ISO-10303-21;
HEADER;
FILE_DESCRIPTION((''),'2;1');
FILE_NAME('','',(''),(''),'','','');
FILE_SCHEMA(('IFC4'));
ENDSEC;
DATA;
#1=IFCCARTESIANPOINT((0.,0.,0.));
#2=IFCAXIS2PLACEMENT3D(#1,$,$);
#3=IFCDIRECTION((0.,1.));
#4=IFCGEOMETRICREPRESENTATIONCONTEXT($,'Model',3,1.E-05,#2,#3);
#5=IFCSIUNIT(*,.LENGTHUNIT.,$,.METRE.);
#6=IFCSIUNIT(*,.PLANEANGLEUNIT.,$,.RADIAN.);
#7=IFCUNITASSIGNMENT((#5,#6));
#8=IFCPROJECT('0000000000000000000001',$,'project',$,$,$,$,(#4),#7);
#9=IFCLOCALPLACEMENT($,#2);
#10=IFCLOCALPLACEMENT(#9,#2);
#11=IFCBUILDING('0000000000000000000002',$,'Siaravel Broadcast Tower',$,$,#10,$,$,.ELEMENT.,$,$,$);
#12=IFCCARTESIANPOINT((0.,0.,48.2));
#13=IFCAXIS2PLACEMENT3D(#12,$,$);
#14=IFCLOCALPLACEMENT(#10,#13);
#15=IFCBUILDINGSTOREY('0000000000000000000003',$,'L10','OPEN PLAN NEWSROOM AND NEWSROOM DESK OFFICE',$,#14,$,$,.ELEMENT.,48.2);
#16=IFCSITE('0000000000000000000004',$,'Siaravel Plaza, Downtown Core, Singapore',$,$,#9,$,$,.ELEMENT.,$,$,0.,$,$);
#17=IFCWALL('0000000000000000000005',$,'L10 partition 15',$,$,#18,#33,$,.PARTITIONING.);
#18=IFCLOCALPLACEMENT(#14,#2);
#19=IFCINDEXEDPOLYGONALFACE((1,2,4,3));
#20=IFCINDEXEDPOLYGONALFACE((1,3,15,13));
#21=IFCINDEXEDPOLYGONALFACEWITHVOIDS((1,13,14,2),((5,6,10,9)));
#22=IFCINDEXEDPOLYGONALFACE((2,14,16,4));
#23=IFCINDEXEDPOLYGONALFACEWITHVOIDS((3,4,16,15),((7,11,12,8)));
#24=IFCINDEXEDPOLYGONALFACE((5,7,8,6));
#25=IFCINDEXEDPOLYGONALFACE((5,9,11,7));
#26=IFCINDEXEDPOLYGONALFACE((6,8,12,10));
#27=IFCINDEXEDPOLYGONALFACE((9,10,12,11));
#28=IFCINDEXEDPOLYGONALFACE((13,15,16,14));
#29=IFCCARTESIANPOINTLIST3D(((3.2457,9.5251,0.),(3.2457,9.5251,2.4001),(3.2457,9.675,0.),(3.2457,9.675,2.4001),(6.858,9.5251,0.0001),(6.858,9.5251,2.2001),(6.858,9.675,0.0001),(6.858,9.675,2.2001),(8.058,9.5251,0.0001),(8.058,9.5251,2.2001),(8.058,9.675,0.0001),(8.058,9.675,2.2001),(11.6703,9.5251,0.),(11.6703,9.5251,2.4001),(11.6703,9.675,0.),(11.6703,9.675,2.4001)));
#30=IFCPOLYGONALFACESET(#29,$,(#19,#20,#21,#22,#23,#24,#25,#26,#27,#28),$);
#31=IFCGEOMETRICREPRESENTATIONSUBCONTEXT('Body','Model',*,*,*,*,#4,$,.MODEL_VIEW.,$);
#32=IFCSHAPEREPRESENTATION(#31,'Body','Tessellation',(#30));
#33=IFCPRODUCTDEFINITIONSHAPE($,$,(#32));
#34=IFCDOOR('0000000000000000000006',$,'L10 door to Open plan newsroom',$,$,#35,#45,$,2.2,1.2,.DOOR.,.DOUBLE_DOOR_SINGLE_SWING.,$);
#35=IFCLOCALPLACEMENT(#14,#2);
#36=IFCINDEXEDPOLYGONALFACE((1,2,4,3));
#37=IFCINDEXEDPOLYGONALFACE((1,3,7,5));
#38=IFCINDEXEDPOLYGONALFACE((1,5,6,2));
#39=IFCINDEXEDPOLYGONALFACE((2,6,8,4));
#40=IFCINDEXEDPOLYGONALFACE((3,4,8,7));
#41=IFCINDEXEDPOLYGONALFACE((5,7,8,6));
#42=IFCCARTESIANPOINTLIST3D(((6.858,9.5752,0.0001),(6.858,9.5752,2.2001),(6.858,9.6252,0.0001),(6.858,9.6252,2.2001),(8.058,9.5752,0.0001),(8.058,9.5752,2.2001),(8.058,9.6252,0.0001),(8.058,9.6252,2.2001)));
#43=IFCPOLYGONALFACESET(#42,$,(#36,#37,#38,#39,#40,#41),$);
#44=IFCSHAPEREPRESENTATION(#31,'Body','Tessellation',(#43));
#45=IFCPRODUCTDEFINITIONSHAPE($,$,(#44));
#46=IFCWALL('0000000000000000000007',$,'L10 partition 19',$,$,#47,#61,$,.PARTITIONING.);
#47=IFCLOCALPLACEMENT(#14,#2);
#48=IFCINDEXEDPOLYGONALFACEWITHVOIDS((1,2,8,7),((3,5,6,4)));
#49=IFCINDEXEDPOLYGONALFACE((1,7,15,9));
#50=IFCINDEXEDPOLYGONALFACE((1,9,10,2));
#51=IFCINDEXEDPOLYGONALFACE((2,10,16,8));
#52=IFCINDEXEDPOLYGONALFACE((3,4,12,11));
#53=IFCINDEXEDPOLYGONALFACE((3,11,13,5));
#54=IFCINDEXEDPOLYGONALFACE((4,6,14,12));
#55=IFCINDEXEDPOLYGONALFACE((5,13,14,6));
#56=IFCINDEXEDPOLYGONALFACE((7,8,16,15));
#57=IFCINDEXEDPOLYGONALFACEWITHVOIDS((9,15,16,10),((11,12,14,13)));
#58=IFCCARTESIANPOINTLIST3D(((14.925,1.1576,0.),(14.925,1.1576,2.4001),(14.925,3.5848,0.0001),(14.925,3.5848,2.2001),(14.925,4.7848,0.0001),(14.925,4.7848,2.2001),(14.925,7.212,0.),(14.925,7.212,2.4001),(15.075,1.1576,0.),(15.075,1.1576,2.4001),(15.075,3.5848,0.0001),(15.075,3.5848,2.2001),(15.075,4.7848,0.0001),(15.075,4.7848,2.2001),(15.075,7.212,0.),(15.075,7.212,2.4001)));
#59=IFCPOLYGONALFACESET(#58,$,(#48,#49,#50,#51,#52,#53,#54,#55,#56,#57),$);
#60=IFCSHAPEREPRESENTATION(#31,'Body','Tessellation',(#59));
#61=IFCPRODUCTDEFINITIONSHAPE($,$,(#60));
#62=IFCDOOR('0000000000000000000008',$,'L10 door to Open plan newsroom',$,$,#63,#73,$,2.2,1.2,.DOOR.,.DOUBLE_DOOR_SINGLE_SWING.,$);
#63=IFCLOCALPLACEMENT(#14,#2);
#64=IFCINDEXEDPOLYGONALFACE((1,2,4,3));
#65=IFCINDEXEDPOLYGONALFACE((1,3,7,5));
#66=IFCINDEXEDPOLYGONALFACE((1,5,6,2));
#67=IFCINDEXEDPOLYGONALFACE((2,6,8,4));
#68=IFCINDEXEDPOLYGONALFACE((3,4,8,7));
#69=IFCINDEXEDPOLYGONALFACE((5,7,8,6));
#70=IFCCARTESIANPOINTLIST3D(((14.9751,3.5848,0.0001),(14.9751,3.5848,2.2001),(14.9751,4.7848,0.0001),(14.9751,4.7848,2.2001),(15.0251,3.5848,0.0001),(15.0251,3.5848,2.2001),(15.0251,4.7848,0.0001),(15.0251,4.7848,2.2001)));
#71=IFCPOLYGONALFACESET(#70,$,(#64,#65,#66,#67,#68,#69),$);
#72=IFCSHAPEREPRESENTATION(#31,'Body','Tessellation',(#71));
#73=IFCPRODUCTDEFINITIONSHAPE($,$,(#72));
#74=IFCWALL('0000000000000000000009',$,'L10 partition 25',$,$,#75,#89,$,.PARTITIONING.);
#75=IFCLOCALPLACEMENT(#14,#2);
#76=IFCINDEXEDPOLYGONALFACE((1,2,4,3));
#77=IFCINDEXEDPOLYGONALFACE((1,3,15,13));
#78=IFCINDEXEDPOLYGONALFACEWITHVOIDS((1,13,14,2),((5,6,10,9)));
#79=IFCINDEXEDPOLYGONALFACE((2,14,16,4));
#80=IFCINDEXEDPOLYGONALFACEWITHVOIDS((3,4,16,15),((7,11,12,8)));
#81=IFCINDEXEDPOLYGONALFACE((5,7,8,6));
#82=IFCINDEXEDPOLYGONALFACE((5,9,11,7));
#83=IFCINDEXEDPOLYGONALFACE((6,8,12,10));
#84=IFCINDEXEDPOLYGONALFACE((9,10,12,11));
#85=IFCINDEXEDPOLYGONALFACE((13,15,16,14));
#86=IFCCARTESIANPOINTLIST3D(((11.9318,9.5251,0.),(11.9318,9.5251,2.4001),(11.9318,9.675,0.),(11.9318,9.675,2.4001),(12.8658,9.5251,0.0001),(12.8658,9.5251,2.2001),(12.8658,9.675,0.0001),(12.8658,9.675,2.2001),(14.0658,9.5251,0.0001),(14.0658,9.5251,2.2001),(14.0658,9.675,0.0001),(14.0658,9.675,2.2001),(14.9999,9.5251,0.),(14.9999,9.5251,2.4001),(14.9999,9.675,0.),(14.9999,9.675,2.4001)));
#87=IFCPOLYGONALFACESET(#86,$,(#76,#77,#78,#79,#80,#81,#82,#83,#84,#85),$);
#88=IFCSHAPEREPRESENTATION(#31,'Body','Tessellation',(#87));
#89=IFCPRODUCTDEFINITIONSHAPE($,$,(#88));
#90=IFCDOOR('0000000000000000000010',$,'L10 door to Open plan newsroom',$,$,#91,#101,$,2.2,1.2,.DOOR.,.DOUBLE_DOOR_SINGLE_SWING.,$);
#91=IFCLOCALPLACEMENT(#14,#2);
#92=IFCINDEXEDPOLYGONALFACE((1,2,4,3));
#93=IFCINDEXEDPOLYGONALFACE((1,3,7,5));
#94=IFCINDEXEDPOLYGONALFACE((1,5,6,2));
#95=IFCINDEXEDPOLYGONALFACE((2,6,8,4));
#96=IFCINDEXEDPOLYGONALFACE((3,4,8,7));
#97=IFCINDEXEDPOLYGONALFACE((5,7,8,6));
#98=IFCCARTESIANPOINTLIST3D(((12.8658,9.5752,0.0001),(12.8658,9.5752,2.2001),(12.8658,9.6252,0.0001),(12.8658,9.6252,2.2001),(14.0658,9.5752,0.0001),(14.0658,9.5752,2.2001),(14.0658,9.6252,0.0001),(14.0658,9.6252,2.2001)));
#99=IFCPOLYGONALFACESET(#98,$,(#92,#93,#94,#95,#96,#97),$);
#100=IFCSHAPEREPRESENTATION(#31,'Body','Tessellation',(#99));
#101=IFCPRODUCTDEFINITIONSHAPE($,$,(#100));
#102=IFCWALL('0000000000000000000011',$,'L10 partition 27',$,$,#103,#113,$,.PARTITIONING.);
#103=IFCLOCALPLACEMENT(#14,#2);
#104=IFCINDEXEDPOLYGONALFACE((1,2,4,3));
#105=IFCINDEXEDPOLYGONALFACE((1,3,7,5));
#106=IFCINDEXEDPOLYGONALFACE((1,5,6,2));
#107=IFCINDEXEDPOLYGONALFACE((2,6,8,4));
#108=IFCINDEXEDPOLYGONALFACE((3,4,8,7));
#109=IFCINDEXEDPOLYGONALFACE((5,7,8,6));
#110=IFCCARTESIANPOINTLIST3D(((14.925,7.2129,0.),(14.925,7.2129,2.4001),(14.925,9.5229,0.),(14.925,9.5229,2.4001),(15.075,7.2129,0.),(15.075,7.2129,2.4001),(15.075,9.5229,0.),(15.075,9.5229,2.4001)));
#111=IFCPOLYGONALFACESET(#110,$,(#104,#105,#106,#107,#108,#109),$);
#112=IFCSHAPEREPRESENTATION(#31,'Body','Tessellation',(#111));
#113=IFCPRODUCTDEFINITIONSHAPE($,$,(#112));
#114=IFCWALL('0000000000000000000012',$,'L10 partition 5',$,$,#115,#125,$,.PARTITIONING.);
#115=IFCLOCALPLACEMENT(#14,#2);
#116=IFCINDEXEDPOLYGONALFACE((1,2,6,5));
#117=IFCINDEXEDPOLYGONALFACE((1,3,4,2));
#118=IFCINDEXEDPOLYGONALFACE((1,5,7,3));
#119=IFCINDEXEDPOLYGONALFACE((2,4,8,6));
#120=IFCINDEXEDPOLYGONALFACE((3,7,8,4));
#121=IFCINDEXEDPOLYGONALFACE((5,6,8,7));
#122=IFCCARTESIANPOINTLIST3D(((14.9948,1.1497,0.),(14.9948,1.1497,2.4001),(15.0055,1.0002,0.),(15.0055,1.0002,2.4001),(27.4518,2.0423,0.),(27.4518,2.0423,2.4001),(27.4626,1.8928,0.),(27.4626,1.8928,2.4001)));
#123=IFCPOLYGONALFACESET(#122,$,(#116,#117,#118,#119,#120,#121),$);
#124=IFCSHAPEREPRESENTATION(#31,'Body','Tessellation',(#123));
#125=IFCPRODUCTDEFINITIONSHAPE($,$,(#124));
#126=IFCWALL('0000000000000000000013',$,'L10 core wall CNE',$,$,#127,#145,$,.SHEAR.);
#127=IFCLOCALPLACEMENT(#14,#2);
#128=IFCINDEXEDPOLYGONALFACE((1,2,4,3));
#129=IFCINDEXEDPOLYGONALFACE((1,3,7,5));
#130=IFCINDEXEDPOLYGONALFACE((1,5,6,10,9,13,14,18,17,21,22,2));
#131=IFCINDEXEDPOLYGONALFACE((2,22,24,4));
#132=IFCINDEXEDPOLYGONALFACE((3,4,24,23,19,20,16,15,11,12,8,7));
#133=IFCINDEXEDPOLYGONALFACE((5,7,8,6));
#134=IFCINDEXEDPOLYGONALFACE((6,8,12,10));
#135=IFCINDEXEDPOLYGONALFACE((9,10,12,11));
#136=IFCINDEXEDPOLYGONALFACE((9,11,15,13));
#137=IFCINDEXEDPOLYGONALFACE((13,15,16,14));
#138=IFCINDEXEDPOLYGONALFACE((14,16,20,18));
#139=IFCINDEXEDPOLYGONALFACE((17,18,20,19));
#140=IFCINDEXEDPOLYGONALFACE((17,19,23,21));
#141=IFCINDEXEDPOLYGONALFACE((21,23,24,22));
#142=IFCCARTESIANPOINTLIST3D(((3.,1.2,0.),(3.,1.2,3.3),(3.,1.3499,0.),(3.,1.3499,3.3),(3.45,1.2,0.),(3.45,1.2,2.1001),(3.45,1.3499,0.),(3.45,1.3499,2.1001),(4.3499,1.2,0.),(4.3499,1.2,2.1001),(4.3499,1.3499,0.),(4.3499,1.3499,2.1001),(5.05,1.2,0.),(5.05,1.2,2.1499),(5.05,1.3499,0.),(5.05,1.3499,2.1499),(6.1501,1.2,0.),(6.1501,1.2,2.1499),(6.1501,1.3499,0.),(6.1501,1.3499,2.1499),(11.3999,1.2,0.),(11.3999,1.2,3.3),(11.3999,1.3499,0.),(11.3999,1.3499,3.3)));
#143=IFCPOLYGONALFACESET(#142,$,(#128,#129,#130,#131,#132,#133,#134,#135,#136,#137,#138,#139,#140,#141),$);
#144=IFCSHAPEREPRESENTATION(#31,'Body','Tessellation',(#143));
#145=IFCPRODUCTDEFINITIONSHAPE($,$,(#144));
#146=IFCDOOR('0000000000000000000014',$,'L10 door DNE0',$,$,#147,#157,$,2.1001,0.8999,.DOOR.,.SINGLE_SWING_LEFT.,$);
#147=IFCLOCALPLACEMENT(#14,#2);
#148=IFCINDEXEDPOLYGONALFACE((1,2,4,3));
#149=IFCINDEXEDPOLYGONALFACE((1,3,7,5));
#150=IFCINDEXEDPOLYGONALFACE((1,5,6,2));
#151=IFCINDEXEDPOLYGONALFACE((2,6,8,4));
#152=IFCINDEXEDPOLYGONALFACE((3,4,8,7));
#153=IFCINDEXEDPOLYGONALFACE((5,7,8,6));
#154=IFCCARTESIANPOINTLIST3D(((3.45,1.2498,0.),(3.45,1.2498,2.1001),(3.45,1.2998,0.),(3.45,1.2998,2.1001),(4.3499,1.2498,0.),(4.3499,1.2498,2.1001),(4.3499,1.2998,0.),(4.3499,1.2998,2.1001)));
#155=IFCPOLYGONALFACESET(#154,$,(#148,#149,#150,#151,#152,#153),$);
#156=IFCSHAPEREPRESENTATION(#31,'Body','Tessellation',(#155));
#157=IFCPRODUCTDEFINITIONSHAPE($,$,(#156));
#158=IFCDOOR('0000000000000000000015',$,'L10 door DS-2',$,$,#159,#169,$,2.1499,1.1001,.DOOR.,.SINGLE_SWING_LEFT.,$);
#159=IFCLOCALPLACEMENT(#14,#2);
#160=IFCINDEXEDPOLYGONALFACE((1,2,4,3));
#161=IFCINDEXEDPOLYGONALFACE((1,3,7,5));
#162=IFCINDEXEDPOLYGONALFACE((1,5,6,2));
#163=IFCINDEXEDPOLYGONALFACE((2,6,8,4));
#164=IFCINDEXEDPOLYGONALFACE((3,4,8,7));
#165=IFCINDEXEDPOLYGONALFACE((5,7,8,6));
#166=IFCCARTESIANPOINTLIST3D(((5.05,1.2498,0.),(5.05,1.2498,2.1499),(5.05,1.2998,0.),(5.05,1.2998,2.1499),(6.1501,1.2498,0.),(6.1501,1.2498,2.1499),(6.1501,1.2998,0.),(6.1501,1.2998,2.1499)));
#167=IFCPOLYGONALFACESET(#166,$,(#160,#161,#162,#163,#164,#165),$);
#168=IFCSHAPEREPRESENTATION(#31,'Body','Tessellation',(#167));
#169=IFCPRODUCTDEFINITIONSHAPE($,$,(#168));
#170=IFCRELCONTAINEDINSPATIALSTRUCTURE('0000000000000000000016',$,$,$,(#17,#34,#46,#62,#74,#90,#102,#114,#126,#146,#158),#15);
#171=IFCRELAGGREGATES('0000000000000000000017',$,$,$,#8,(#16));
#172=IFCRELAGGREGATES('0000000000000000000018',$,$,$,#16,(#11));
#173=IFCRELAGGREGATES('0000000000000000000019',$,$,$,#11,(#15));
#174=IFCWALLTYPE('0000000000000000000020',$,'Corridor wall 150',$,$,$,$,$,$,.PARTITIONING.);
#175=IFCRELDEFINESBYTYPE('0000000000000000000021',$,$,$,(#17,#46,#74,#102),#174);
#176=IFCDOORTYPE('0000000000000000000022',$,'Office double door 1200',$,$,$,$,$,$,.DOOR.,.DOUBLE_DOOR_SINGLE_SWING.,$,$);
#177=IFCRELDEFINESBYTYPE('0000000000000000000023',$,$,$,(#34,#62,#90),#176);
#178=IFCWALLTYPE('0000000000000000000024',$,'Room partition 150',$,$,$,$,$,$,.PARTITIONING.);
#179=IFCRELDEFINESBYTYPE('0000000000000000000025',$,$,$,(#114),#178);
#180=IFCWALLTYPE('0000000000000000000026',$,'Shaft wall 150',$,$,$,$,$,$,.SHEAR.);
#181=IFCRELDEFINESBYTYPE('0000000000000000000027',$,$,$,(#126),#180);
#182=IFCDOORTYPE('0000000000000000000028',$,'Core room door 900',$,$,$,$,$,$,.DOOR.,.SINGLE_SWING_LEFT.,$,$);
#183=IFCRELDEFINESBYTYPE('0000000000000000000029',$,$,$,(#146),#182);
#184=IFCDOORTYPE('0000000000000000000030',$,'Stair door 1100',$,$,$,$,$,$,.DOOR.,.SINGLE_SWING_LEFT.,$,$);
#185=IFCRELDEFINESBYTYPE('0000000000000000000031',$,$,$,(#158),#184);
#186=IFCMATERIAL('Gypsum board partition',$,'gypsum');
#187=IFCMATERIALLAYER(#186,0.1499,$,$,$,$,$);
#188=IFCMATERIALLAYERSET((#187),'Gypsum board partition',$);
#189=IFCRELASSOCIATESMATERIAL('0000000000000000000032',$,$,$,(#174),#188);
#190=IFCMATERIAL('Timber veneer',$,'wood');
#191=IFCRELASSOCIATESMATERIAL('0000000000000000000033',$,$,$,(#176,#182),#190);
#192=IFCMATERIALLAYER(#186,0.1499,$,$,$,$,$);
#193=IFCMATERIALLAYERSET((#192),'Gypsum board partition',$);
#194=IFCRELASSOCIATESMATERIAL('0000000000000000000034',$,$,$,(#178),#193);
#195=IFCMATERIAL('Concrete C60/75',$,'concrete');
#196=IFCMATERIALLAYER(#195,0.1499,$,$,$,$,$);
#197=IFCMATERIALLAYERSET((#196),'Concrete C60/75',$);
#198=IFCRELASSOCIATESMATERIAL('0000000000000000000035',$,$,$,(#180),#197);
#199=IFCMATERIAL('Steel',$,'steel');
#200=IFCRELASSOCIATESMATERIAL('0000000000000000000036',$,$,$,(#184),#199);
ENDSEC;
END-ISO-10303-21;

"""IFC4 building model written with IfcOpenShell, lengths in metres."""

from ifc_helpers import new_model, si_unit, direction, frame, frame_2d, origin, place, context, subcontext, project, spatial, rectangle, extrude, material, layer, layer_set, type_object, element, fill, save


model = new_model("IFC4")

# Units and contexts
model_context = context("Model", 3, precision=1e-05, world=origin(), true_north=direction((0.0, 1.0)))
body_context = subcontext(model_context, "Body", "Model", "MODEL_VIEW")
ifc_project = project(units=[si_unit("LENGTHUNIT", "METRE"), si_unit("PLANEANGLEUNIT", "RADIAN")], contexts=[model_context])

# Site, building, storey
site_placement = place(None, origin())
site = spatial("IfcSite", under=ifc_project, at=site_placement, Name="Siaravel Plaza, Downtown Core, Singapore", CompositionType="ELEMENT", RefElevation=0.0)
building_placement = place(site_placement, origin())
building = spatial("IfcBuilding", under=site, at=building_placement, Name="Siaravel Broadcast Tower", CompositionType="ELEMENT")
storey_placement = place(building_placement, frame((0.0, 0.0, 48.2)))
storey = spatial("IfcBuildingStorey", under=building, at=storey_placement, Name="L10", Description="OPEN PLAN NEWSROOM AND NEWSROOM DESK OFFICE", CompositionType="ELEMENT", Elevation=48.2)

# Walls, openings, doors
ifc_material_1 = material(Name="Gypsum board partition", Category="gypsum")
ifc_layer_1 = layer(ifc_material_1, 0.1499)
ifc_layer_set_1 = layer_set([ifc_layer_1], Name="Gypsum board partition")
wall_type_1 = type_object("IfcWallType", Name="Corridor wall 150", PredefinedType="PARTITIONING", material=ifc_layer_set_1)
wall_1_placement = place(storey_placement, frame((11.6704, 9.6001, 0.0), z_axis=(0.0, 0.0, 1.0), x_axis=(-1.0, 0.0, 0.0)))
wall_1 = element("IfcWall", 1, at=wall_1_placement, inside=storey, type_object=wall_type_1, Name="L10 partition 15", PredefinedType="PARTITIONING", context=body_context, shape_type="SweptSolid", body=[
    extrude(rectangle(XDim=8.4246, YDim=0.1499, at=frame_2d((4.2124, 0.0))), origin(), (0.0, 0.0, 1.0), 2.4001),
])
opening_1_placement = place(wall_1_placement, frame((3.6123, 0.0, 0.0)))
opening_1 = element("IfcOpeningElement", 2, at=opening_1_placement, cuts=wall_1, PredefinedType="OPENING", context=body_context, shape_type="SweptSolid", body=[
    extrude(rectangle(XDim=1.2, YDim=2.2, at=frame_2d((0.6001, 1.1001))), frame((0.0, 0.085, 0.0), z_axis=(0.0, -1.0, 0.0), x_axis=(1.0, 0.0, 0.0)), (0.0, 0.0, 1.0), 0.1699),
])
ifc_material_2 = material(Name="Timber veneer", Category="wood")
door_type_1 = type_object("IfcDoorType", Name="Office double door 1200", OperationType="DOUBLE_DOOR_SINGLE_SWING", PredefinedType="DOOR", material=ifc_material_2)
door_1_placement = place(opening_1_placement, origin())
door_1 = element("IfcDoor", 3, at=door_1_placement, inside=storey, type_object=door_type_1, Name="L10 door to Open plan newsroom", OperationType="DOUBLE_DOOR_SINGLE_SWING", OverallHeight=2.2, OverallWidth=1.2, PredefinedType="DOOR", context=body_context, shape_type="SweptSolid", body=[
    extrude(rectangle(XDim=1.2, YDim=2.2, at=frame_2d((0.6001, 1.1001))), frame((0.0, 0.0249, 0.0), z_axis=(0.0, -1.0, 0.0), x_axis=(1.0, 0.0, 0.0)), (0.0, 0.0, 1.0), 0.05),
])
fill(opening_1, door_1)
wall_2_placement = place(storey_placement, frame((15.0, 1.1575, 0.0), z_axis=(0.0, 0.0, 1.0), x_axis=(0.0, 1.0, 0.0)))
wall_2 = element("IfcWall", 4, at=wall_2_placement, inside=storey, type_object=wall_type_1, Name="L10 partition 19", PredefinedType="PARTITIONING", context=body_context, shape_type="SweptSolid", body=[
    extrude(rectangle(XDim=6.0544, YDim=0.1499, at=frame_2d((3.0273, 0.0))), origin(), (0.0, 0.0, 1.0), 2.4001),
])
opening_2_placement = place(wall_2_placement, frame((2.4272, 0.0, 0.0)))
opening_2 = element("IfcOpeningElement", 5, at=opening_2_placement, cuts=wall_2, PredefinedType="OPENING", context=body_context, shape_type="SweptSolid", body=[
    extrude(rectangle(XDim=1.2, YDim=2.2, at=frame_2d((0.6001, 1.1001))), frame((0.0, 0.085, 0.0), z_axis=(0.0, -1.0, 0.0), x_axis=(1.0, 0.0, 0.0)), (0.0, 0.0, 1.0), 0.1699),
])
door_2_placement = place(opening_2_placement, origin())
door_2 = element("IfcDoor", 6, at=door_2_placement, inside=storey, type_object=door_type_1, Name="L10 door to Open plan newsroom", OperationType="DOUBLE_DOOR_SINGLE_SWING", OverallHeight=2.2, OverallWidth=1.2, PredefinedType="DOOR", context=body_context, shape_type="SweptSolid", body=[
    extrude(rectangle(XDim=1.2, YDim=2.2, at=frame_2d((0.6001, 1.1001))), frame((0.0, 0.0249, 0.0), z_axis=(0.0, -1.0, 0.0), x_axis=(1.0, 0.0, 0.0)), (0.0, 0.0, 1.0), 0.05),
])
fill(opening_2, door_2)
wall_3_placement = place(storey_placement, frame((15.0, 9.6001, 0.0), z_axis=(0.0, 0.0, 1.0), x_axis=(-1.0, 0.0, 0.0)))
wall_3 = element("IfcWall", 7, at=wall_3_placement, inside=storey, type_object=wall_type_1, Name="L10 partition 25", PredefinedType="PARTITIONING", context=body_context, shape_type="SweptSolid", body=[
    extrude(rectangle(XDim=3.0681, YDim=0.1499, at=frame_2d((1.5342, 0.0))), origin(), (0.0, 0.0, 1.0), 2.4001),
])
opening_3_placement = place(wall_3_placement, frame((0.9341, 0.0, 0.0)))
opening_3 = element("IfcOpeningElement", 8, at=opening_3_placement, cuts=wall_3, PredefinedType="OPENING", context=body_context, shape_type="SweptSolid", body=[
    extrude(rectangle(XDim=1.2, YDim=2.2, at=frame_2d((0.6001, 1.1001))), frame((0.0, 0.085, 0.0), z_axis=(0.0, -1.0, 0.0), x_axis=(1.0, 0.0, 0.0)), (0.0, 0.0, 1.0), 0.1699),
])
door_3_placement = place(opening_3_placement, origin())
door_3 = element("IfcDoor", 9, at=door_3_placement, inside=storey, type_object=door_type_1, Name="L10 door to Open plan newsroom", OperationType="DOUBLE_DOOR_SINGLE_SWING", OverallHeight=2.2, OverallWidth=1.2, PredefinedType="DOOR", context=body_context, shape_type="SweptSolid", body=[
    extrude(rectangle(XDim=1.2, YDim=2.2, at=frame_2d((0.6001, 1.1001))), frame((0.0, 0.0249, 0.0), z_axis=(0.0, -1.0, 0.0), x_axis=(1.0, 0.0, 0.0)), (0.0, 0.0, 1.0), 0.05),
])
fill(opening_3, door_3)

# Walls
wall_4_placement = place(storey_placement, frame((15.0, 7.2129, 0.0), z_axis=(0.0, 0.0, 1.0), x_axis=(0.0, 1.0, 0.0)))
element("IfcWall", 10, at=wall_4_placement, inside=storey, type_object=wall_type_1, Name="L10 partition 27", PredefinedType="PARTITIONING", context=body_context, shape_type="SweptSolid", body=[
    extrude(rectangle(XDim=2.3101, YDim=0.1499, at=frame_2d((1.155, 0.0))), origin(), (0.0, 0.0, 1.0), 2.4001),
])
ifc_layer_2 = layer(ifc_material_1, 0.1499)
ifc_layer_set_2 = layer_set([ifc_layer_2], Name="Gypsum board partition")
wall_type_2 = type_object("IfcWallType", Name="Room partition 150", PredefinedType="PARTITIONING", material=ifc_layer_set_2)
wall_5_placement = place(storey_placement, frame((15.0, 1.075, 0.0), z_axis=(0.0, 0.0, 1.0), x_axis=(0.997443, 0.071469, 0.0)))
element("IfcWall", 11, at=wall_5_placement, inside=storey, type_object=wall_type_2, Name="L10 partition 5", PredefinedType="PARTITIONING", context=body_context, shape_type="SweptSolid", body=[
    extrude(rectangle(XDim=12.489, YDim=0.1499, at=frame_2d((6.2446, 0.0))), origin(), (0.0, 0.0, 1.0), 2.4001),
])

# Wall, openings, doors
ifc_material_3 = material(Name="Concrete C60/75", Category="concrete")
ifc_layer_3 = layer(ifc_material_3, 0.1499)
ifc_layer_set_3 = layer_set([ifc_layer_3], Name="Concrete C60/75")
wall_type_3 = type_object("IfcWallType", Name="Shaft wall 150", PredefinedType="SHEAR", material=ifc_layer_set_3)
wall_6_placement = place(storey_placement, frame((3.0, 1.2749, 0.0), z_axis=(0.0, 0.0, 1.0), x_axis=(1.0, 0.0, 0.0)))
wall_6 = element("IfcWall", 12, at=wall_6_placement, inside=storey, type_object=wall_type_3, Name="L10 core wall CNE", PredefinedType="SHEAR", context=body_context, shape_type="SweptSolid", body=[
    extrude(rectangle(XDim=8.3999, YDim=0.1499, at=frame_2d((4.2, 0.0))), origin(), (0.0, 0.0, 1.0), 3.3),
])
opening_4_placement = place(wall_6_placement, frame((2.05, 0.0, 0.0)))
opening_4 = element("IfcOpeningElement", 13, at=opening_4_placement, cuts=wall_6, PredefinedType="OPENING", context=body_context, shape_type="SweptSolid", body=[
    extrude(rectangle(XDim=1.1001, YDim=2.1499, at=frame_2d((0.55, 1.075))), frame((0.0, 0.085, 0.0), z_axis=(0.0, -1.0, 0.0), x_axis=(1.0, 0.0, 0.0)), (0.0, 0.0, 1.0), 0.1699),
])
opening_5_placement = place(wall_6_placement, frame((0.45, 0.0, 0.0)))
opening_5 = element("IfcOpeningElement", 14, at=opening_5_placement, cuts=wall_6, PredefinedType="OPENING", context=body_context, shape_type="SweptSolid", body=[
    extrude(rectangle(XDim=0.8999, YDim=2.1001, at=frame_2d((0.45, 1.05))), frame((0.0, 0.085, 0.0), z_axis=(0.0, -1.0, 0.0), x_axis=(1.0, 0.0, 0.0)), (0.0, 0.0, 1.0), 0.1699),
])
door_type_2 = type_object("IfcDoorType", Name="Core room door 900", OperationType="SINGLE_SWING_LEFT", PredefinedType="DOOR", material=ifc_material_2)
door_4_placement = place(opening_5_placement, origin())
door_4 = element("IfcDoor", 15, at=door_4_placement, inside=storey, type_object=door_type_2, Name="L10 door DNE0", OperationType="SINGLE_SWING_LEFT", OverallHeight=2.1001, OverallWidth=0.8999, PredefinedType="DOOR", context=body_context, shape_type="SweptSolid", body=[
    extrude(rectangle(XDim=0.8999, YDim=2.1001, at=frame_2d((0.45, 1.05))), frame((0.0, 0.0249, 0.0), z_axis=(0.0, -1.0, 0.0), x_axis=(1.0, 0.0, 0.0)), (0.0, 0.0, 1.0), 0.05),
])
fill(opening_5, door_4)
ifc_material_4 = material(Name="Steel", Category="steel")
door_type_3 = type_object("IfcDoorType", Name="Stair door 1100", OperationType="SINGLE_SWING_LEFT", PredefinedType="DOOR", material=ifc_material_4)
door_5_placement = place(opening_4_placement, origin())
door_5 = element("IfcDoor", 16, at=door_5_placement, inside=storey, type_object=door_type_3, Name="L10 door DS-2", OperationType="SINGLE_SWING_LEFT", OverallHeight=2.1499, OverallWidth=1.1001, PredefinedType="DOOR", context=body_context, shape_type="SweptSolid", body=[
    extrude(rectangle(XDim=1.1001, YDim=2.1499, at=frame_2d((0.55, 1.075))), frame((0.0, 0.0249, 0.0), z_axis=(0.0, -1.0, 0.0), x_axis=(1.0, 0.0, 0.0)), (0.0, 0.0, 1.0), 0.05),
])
fill(opening_4, door_5)

save(model, "model.ifc")
